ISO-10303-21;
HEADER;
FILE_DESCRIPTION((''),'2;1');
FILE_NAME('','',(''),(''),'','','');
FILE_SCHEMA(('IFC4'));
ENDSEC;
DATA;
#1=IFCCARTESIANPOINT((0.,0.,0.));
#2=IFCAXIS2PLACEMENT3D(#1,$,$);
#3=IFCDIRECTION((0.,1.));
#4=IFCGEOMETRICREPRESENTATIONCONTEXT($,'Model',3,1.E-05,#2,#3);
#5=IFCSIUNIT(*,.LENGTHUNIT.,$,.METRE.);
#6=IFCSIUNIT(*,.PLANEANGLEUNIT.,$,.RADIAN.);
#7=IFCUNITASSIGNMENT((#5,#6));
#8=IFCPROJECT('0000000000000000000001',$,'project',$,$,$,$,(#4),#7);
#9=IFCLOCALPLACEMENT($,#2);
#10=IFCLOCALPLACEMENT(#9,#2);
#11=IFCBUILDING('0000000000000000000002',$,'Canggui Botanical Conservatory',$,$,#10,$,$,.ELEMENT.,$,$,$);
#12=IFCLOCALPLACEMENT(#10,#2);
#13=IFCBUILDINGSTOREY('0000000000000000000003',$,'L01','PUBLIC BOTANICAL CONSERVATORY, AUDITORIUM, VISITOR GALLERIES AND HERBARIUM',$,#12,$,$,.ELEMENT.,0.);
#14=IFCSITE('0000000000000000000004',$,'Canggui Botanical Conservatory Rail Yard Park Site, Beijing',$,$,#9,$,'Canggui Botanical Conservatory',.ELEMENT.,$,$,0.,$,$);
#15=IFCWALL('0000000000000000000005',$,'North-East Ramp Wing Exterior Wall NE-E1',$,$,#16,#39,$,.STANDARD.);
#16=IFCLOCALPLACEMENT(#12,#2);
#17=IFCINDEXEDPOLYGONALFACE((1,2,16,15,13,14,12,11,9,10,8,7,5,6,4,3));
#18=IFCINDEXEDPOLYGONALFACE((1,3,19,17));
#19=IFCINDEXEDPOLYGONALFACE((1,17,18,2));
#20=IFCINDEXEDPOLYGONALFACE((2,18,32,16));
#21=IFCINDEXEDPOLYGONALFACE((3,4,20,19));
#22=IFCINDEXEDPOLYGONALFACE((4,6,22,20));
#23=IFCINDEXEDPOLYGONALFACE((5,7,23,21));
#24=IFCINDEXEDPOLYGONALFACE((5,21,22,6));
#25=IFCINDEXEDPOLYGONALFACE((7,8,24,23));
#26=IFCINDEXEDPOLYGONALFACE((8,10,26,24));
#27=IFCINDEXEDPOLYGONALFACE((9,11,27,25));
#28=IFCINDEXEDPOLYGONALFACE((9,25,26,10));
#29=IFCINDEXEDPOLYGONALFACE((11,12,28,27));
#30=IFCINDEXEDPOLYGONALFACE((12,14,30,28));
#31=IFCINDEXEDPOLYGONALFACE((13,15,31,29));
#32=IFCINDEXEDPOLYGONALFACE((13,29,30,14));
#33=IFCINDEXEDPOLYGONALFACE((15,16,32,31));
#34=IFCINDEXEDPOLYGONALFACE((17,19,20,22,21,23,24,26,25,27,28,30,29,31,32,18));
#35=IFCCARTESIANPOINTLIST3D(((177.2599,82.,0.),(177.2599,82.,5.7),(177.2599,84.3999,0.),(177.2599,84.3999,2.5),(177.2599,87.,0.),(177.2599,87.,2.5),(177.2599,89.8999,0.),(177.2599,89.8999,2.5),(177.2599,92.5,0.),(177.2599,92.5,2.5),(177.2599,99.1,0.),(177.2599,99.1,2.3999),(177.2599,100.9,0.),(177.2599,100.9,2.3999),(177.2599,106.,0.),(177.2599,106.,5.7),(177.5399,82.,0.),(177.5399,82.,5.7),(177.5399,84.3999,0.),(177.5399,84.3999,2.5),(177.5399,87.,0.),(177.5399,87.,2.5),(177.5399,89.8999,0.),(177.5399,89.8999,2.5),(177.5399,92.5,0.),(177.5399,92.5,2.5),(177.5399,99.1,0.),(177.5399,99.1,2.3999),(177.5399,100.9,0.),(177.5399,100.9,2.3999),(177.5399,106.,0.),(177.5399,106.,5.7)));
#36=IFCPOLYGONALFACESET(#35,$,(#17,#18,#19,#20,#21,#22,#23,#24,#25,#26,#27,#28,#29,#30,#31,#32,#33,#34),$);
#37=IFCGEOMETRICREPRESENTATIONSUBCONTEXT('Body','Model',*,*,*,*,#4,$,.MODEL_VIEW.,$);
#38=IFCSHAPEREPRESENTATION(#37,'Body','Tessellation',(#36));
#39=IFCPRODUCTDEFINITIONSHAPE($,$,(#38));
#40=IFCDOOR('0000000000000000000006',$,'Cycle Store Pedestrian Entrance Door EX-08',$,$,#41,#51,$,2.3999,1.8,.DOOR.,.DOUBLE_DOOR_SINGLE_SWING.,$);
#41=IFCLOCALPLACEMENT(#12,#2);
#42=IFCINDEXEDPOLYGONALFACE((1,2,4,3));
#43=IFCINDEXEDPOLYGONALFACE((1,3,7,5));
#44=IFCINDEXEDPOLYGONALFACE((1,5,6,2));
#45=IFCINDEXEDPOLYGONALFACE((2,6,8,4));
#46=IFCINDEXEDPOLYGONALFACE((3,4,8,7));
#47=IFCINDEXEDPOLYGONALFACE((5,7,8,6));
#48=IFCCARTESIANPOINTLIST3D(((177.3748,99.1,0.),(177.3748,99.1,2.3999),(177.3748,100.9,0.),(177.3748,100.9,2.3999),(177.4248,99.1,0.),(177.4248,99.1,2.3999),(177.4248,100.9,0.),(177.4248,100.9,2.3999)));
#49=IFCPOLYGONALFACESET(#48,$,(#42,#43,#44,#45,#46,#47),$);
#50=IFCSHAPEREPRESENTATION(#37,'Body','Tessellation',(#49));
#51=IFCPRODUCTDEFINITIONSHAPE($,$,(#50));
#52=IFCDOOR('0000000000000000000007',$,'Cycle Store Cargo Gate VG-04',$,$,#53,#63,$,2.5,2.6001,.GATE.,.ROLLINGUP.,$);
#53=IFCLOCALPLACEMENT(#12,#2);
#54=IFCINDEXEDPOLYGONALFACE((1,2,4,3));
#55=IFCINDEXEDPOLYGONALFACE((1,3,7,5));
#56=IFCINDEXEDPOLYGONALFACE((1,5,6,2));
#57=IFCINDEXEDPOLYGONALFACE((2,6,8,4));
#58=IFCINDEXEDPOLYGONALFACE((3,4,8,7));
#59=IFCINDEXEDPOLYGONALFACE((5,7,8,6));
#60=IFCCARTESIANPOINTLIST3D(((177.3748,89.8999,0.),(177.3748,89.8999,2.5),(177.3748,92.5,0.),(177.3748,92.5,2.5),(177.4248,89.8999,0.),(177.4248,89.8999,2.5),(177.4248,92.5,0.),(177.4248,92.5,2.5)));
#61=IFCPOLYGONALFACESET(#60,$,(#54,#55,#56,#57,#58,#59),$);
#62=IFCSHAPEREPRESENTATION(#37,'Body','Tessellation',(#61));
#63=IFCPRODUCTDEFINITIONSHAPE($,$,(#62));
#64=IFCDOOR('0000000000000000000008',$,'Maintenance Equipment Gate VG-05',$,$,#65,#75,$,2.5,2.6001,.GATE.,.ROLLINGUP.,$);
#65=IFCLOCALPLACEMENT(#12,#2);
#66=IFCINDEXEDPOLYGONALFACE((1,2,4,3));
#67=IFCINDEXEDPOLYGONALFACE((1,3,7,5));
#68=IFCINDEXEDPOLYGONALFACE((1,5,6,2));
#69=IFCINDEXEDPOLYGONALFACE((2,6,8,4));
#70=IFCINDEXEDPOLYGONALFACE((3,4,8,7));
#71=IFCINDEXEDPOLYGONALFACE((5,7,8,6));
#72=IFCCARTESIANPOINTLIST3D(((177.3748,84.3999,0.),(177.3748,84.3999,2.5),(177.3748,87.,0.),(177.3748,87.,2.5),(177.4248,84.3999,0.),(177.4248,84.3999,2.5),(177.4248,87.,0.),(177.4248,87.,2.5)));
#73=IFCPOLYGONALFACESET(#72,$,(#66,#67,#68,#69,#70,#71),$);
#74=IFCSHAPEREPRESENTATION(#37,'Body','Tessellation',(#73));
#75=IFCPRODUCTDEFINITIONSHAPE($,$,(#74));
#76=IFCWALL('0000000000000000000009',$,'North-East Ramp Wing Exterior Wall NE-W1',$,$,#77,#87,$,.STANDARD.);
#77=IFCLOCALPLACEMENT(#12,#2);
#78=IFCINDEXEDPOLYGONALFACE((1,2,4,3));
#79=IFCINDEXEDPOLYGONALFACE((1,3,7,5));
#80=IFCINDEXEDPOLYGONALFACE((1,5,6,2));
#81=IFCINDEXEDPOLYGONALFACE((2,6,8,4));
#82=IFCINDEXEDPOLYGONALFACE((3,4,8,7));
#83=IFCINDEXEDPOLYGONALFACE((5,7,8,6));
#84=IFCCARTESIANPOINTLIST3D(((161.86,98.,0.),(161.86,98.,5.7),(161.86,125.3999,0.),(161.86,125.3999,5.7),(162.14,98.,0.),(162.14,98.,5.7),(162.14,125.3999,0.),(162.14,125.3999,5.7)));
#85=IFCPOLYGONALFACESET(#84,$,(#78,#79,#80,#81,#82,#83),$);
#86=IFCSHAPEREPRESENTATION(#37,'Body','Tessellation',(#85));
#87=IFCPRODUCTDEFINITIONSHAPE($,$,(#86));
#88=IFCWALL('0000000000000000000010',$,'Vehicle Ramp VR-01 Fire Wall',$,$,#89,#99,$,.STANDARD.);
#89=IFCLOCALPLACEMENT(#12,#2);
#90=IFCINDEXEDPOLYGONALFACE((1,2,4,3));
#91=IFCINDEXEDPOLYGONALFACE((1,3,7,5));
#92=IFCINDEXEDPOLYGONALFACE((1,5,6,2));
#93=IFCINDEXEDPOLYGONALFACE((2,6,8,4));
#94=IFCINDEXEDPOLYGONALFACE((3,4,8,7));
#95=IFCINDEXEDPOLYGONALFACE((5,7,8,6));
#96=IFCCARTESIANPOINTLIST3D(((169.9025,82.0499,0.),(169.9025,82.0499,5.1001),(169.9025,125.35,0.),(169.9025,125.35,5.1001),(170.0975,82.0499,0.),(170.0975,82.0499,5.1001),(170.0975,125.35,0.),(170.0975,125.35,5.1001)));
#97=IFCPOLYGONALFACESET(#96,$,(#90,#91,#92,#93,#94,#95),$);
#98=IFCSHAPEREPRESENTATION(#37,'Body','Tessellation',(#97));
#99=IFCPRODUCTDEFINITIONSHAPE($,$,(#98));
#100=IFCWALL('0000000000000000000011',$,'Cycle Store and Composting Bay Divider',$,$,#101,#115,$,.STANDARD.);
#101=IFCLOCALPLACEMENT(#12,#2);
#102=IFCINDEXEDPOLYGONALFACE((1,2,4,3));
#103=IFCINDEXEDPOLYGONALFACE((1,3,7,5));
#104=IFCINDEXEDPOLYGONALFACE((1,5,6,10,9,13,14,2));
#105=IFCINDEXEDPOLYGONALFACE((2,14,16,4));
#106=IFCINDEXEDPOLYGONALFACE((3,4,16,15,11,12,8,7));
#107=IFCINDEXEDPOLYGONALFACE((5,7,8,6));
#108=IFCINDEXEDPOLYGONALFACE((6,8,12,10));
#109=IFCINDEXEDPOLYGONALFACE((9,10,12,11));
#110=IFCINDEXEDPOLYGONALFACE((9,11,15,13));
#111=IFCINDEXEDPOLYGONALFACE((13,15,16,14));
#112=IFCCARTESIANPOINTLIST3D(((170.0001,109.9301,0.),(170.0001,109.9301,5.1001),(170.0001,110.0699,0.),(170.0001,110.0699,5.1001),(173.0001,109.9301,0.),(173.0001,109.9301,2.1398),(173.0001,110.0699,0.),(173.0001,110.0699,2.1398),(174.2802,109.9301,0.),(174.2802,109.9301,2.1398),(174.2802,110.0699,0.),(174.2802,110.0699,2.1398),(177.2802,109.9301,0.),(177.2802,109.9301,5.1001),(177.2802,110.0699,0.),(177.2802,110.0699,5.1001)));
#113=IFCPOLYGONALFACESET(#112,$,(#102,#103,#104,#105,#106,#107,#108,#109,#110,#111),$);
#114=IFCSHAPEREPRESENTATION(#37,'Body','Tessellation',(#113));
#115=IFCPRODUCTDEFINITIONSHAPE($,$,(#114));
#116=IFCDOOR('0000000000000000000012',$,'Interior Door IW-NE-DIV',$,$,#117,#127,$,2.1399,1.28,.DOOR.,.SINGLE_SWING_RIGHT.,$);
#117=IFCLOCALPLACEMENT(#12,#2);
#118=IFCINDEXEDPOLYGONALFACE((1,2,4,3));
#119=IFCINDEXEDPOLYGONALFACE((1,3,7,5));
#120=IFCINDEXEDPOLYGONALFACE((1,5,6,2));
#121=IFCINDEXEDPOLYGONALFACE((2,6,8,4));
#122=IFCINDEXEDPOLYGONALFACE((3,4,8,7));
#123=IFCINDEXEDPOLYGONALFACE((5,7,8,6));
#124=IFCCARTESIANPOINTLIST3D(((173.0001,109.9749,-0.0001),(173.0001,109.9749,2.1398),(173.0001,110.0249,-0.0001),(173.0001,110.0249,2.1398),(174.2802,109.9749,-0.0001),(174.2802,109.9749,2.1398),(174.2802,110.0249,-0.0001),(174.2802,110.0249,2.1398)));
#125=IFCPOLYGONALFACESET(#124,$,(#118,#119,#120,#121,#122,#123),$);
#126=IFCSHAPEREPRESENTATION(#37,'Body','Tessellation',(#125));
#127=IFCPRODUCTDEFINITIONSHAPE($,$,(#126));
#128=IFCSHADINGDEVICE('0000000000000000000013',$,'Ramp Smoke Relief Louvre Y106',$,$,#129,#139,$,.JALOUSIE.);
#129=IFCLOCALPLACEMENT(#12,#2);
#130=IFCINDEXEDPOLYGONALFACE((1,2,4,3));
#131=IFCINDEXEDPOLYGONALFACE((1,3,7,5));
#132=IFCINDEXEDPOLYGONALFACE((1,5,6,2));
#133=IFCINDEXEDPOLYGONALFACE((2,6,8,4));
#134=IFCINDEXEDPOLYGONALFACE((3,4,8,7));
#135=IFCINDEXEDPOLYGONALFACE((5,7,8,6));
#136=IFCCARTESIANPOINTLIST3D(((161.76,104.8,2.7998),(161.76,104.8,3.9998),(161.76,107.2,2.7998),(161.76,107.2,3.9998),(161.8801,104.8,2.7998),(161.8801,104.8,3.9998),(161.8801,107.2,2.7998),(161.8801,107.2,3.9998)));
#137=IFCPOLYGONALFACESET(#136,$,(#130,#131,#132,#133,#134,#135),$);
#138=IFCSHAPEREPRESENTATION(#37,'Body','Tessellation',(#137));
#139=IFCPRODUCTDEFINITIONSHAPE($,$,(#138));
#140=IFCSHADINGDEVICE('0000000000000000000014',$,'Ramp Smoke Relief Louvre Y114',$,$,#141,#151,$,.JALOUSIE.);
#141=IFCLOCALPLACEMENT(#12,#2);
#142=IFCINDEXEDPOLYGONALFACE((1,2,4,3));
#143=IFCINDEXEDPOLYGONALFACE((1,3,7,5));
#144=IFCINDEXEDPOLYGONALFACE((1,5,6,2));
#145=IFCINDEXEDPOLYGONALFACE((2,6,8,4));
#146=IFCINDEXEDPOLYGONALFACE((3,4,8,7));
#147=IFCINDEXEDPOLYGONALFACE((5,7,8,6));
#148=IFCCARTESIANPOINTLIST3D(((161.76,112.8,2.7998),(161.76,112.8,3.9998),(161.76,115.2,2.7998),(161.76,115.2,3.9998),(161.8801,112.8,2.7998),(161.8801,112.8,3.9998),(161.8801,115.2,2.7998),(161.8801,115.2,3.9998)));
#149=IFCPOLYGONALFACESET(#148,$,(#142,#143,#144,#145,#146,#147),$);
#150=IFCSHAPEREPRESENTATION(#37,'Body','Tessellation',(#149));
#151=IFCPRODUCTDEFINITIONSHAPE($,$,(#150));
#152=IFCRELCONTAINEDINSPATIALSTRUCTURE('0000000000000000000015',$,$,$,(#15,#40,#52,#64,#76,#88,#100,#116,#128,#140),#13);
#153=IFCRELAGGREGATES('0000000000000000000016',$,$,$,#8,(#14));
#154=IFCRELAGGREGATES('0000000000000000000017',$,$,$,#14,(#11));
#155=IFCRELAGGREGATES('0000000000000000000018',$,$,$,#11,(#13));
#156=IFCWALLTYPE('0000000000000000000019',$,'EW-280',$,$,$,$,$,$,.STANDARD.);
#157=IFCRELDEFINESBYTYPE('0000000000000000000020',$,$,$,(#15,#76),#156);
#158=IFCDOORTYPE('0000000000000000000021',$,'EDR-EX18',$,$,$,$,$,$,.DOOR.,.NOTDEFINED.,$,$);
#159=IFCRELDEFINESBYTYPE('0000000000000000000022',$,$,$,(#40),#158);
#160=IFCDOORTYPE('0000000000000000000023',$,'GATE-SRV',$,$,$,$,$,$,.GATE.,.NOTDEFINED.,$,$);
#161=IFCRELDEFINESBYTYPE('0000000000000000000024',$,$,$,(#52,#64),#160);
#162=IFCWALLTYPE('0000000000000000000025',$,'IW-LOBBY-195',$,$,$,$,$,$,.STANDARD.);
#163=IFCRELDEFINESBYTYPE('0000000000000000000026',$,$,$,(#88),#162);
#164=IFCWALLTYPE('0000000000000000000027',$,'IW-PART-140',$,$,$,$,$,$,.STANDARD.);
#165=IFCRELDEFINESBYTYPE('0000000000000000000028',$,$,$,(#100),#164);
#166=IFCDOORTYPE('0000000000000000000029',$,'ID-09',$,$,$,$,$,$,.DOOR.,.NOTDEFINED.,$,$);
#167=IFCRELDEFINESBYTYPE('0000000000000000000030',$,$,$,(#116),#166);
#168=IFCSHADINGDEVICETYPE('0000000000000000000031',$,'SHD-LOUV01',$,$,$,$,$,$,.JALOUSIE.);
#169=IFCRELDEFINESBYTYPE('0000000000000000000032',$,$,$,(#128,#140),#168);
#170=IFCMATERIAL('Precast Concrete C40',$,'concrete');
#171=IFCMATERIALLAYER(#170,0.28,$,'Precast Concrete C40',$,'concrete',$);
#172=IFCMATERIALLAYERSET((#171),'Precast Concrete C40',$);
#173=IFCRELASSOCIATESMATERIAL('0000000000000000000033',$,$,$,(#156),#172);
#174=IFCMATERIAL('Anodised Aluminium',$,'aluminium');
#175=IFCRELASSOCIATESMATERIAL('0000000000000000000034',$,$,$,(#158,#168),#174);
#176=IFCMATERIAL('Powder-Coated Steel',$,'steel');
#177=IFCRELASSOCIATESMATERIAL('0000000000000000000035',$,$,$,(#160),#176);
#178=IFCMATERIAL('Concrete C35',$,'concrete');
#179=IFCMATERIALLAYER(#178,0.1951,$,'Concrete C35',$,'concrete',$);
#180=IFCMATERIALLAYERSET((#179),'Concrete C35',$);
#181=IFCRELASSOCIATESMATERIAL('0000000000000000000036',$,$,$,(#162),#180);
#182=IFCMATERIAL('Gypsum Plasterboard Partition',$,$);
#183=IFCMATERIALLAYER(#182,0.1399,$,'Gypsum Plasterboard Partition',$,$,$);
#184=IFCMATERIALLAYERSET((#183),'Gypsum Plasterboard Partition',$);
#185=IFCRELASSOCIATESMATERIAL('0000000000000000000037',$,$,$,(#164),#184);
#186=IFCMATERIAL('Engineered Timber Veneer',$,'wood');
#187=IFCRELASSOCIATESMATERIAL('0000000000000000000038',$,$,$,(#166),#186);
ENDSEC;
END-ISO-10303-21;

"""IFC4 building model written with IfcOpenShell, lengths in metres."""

from ifc_helpers import new_model, si_unit, direction, frame, frame_2d, origin, origin_2d, place, context, subcontext, project, spatial, rectangle, extrude, material, layer, layer_set, type_object, element, fill, save


model = new_model("IFC4")

# Units and contexts
model_context = context("Model", 3, precision=1e-05, world=origin(), true_north=direction((0.0, 1.0)))
body_context = subcontext(model_context, "Body", "Model", "MODEL_VIEW")
ifc_project = project(units=[si_unit("LENGTHUNIT", "METRE"), si_unit("PLANEANGLEUNIT", "RADIAN")], contexts=[model_context])

# Site, building, storey
site_placement = place(None, origin())
site = spatial("IfcSite", under=ifc_project, at=site_placement, Name="Canggui Botanical Conservatory Rail Yard Park Site, Beijing", LongName="Canggui Botanical Conservatory", CompositionType="ELEMENT", RefElevation=0.0)
building_placement = place(site_placement, origin())
building = spatial("IfcBuilding", under=site, at=building_placement, Name="Canggui Botanical Conservatory", CompositionType="ELEMENT")
storey_placement = place(building_placement, origin())
storey = spatial("IfcBuildingStorey", under=building, at=storey_placement, Name="L01", Description="PUBLIC BOTANICAL CONSERVATORY, AUDITORIUM, VISITOR GALLERIES AND HERBARIUM", CompositionType="ELEMENT", Elevation=0.0)

# Shared definitions
ifc_material_1 = material(Name="Concrete C35", Category="concrete")

# Wall, openings, doors
ifc_material_2 = material(Name="Precast Concrete C40", Category="concrete")
ifc_layer_1 = layer(ifc_material_2, 0.28, Name="Precast Concrete C40", Category="concrete")
ifc_layer_set_1 = layer_set([ifc_layer_1], Name="Precast Concrete C40")
wall_type_1 = type_object("IfcWallType", Name="EW-280", PredefinedType="STANDARD", material=ifc_layer_set_1)
wall_1_placement = place(storey_placement, frame((177.3999, 106.0, 0.0), z_axis=(0.0, 0.0, 1.0), x_axis=(0.0, -1.0, 0.0)))
wall_1 = element("IfcWall", 1, at=wall_1_placement, inside=storey, type_object=wall_type_1, Name="North-East Ramp Wing Exterior Wall NE-E1", PredefinedType="STANDARD", context=body_context, shape_type="SweptSolid", body=[
    extrude(rectangle(XDim=24.0, YDim=0.28, at=frame_2d((12.0, 0.0))), origin(), (0.0, 0.0, 1.0), 5.7),
])
opening_1_placement = place(wall_1_placement, frame((5.1001, 0.0, 0.0)))
opening_1 = element("IfcOpeningElement", 2, at=opening_1_placement, cuts=wall_1, PredefinedType="OPENING", context=body_context, shape_type="SweptSolid", body=[
    extrude(rectangle(XDim=1.8, YDim=2.3999, at=frame_2d((0.8999, 1.2))), frame((0.0, 0.1499, 0.0), z_axis=(0.0, -1.0, 0.0), x_axis=(1.0, 0.0, 0.0)), (0.0, 0.0, 1.0), 0.3),
])
opening_2_placement = place(wall_1_placement, frame((13.5, 0.0, 0.0)))
opening_2 = element("IfcOpeningElement", 3, at=opening_2_placement, cuts=wall_1, PredefinedType="OPENING", context=body_context, shape_type="SweptSolid", body=[
    extrude(rectangle(XDim=2.6001, YDim=2.5, at=frame_2d((1.3, 1.25))), frame((0.0, 0.1499, 0.0), z_axis=(0.0, -1.0, 0.0), x_axis=(1.0, 0.0, 0.0)), (0.0, 0.0, 1.0), 0.3),
])
opening_3_placement = place(wall_1_placement, frame((19.0, 0.0, 0.0)))
opening_3 = element("IfcOpeningElement", 4, at=opening_3_placement, cuts=wall_1, PredefinedType="OPENING", context=body_context, shape_type="SweptSolid", body=[
    extrude(rectangle(XDim=2.6001, YDim=2.5, at=frame_2d((1.3, 1.25))), frame((0.0, 0.1499, 0.0), z_axis=(0.0, -1.0, 0.0), x_axis=(1.0, 0.0, 0.0)), (0.0, 0.0, 1.0), 0.3),
])
ifc_material_3 = material(Name="Anodised Aluminium", Category="aluminium")
door_type_1 = type_object("IfcDoorType", Name="EDR-EX18", OperationType="NOTDEFINED", PredefinedType="DOOR", material=ifc_material_3)
door_1_placement = place(opening_1_placement, origin())
door_1 = element("IfcDoor", 5, at=door_1_placement, inside=storey, type_object=door_type_1, Name="Cycle Store Pedestrian Entrance Door EX-08", OperationType="DOUBLE_DOOR_SINGLE_SWING", OverallHeight=2.3999, OverallWidth=1.8, PredefinedType="DOOR", context=body_context, shape_type="SweptSolid", body=[
    extrude(rectangle(XDim=1.8, YDim=2.3999, at=frame_2d((0.8999, 1.2))), frame((0.0, 0.0249, 0.0), z_axis=(0.0, -1.0, 0.0), x_axis=(1.0, 0.0, 0.0)), (0.0, 0.0, 1.0), 0.05),
])
fill(opening_1, door_1)
ifc_material_4 = material(Name="Powder-Coated Steel", Category="steel")
door_type_2 = type_object("IfcDoorType", Name="GATE-SRV", OperationType="NOTDEFINED", PredefinedType="GATE", material=ifc_material_4)
door_2_placement = place(opening_2_placement, origin())
door_2 = element("IfcDoor", 6, at=door_2_placement, inside=storey, type_object=door_type_2, Name="Cycle Store Cargo Gate VG-04", OperationType="ROLLINGUP", OverallHeight=2.5, OverallWidth=2.6001, PredefinedType="GATE", context=body_context, shape_type="SweptSolid", body=[
    extrude(rectangle(XDim=2.6001, YDim=2.5, at=frame_2d((1.3, 1.25))), frame((0.0, 0.0249, 0.0), z_axis=(0.0, -1.0, 0.0), x_axis=(1.0, 0.0, 0.0)), (0.0, 0.0, 1.0), 0.05),
])
fill(opening_2, door_2)
door_3_placement = place(opening_3_placement, origin())
door_3 = element("IfcDoor", 7, at=door_3_placement, inside=storey, type_object=door_type_2, Name="Maintenance Equipment Gate VG-05", OperationType="ROLLINGUP", OverallHeight=2.5, OverallWidth=2.6001, PredefinedType="GATE", context=body_context, shape_type="SweptSolid", body=[
    extrude(rectangle(XDim=2.6001, YDim=2.5, at=frame_2d((1.3, 1.25))), frame((0.0, 0.0249, 0.0), z_axis=(0.0, -1.0, 0.0), x_axis=(1.0, 0.0, 0.0)), (0.0, 0.0, 1.0), 0.05),
])
fill(opening_3, door_3)

# Walls
wall_2_placement = place(storey_placement, frame((162.0, 98.0, 0.0), z_axis=(0.0, 0.0, 1.0), x_axis=(0.0, 1.0, 0.0)))
element("IfcWall", 8, at=wall_2_placement, inside=storey, type_object=wall_type_1, Name="North-East Ramp Wing Exterior Wall NE-W1", PredefinedType="STANDARD", context=body_context, shape_type="SweptSolid", body=[
    extrude(rectangle(XDim=27.3999, YDim=0.28, at=frame_2d((13.7, 0.0))), origin(), (0.0, 0.0, 1.0), 5.7),
])
ifc_layer_2 = layer(ifc_material_1, 0.1951, Name="Concrete C35", Category="concrete")
ifc_layer_set_2 = layer_set([ifc_layer_2], Name="Concrete C35")
wall_type_2 = type_object("IfcWallType", Name="IW-LOBBY-195", PredefinedType="STANDARD", material=ifc_layer_set_2)
wall_3_placement = place(storey_placement, frame((170.0, 82.05, 0.0), z_axis=(0.0, 0.0, 1.0), x_axis=(0.0, 1.0, 0.0)))
element("IfcWall", 9, at=wall_3_placement, inside=storey, type_object=wall_type_2, Name="Vehicle Ramp VR-01 Fire Wall", PredefinedType="STANDARD", context=body_context, shape_type="SweptSolid", body=[
    extrude(rectangle(XDim=43.3, YDim=0.1951, at=frame_2d((21.6499, 0.0))), origin(), (0.0, 0.0, 1.0), 5.1001),
])

# Wall, opening, door
ifc_material_5 = material(Name="Gypsum Plasterboard Partition")
ifc_layer_3 = layer(ifc_material_5, 0.1399, Name="Gypsum Plasterboard Partition")
ifc_layer_set_3 = layer_set([ifc_layer_3], Name="Gypsum Plasterboard Partition")
wall_type_3 = type_object("IfcWallType", Name="IW-PART-140", PredefinedType="STANDARD", material=ifc_layer_set_3)
wall_4_placement = place(storey_placement, frame((170.0, 110.0, 0.0), z_axis=(0.0, 0.0, 1.0), x_axis=(1.0, 0.0, 0.0)))
wall_4 = element("IfcWall", 10, at=wall_4_placement, inside=storey, type_object=wall_type_3, Name="Cycle Store and Composting Bay Divider", PredefinedType="STANDARD", context=body_context, shape_type="SweptSolid", body=[
    extrude(rectangle(XDim=7.28, YDim=0.1399, at=frame_2d((3.6401, 0.0))), origin(), (0.0, 0.0, 1.0), 5.1001),
])
opening_4_placement = place(wall_4_placement, frame((3.0, 0.0, 0.0)))
opening_4 = element("IfcOpeningElement", 11, at=opening_4_placement, cuts=wall_4, PredefinedType="OPENING", context=body_context, shape_type="SweptSolid", body=[
    extrude(rectangle(XDim=1.28, YDim=2.1399, at=frame_2d((0.6401, 1.0698))), frame((0.0, 0.0801, 0.0), z_axis=(0.0, -1.0, 0.0), x_axis=(1.0, 0.0, 0.0)), (0.0, 0.0, 1.0), 0.1599),
])
ifc_material_6 = material(Name="Engineered Timber Veneer", Category="wood")
door_type_3 = type_object("IfcDoorType", Name="ID-09", OperationType="NOTDEFINED", PredefinedType="DOOR", material=ifc_material_6)
door_4_placement = place(opening_4_placement, origin())
door_4 = element("IfcDoor", 12, at=door_4_placement, inside=storey, type_object=door_type_3, Name="Interior Door IW-NE-DIV", OperationType="SINGLE_SWING_RIGHT", OverallHeight=2.1399, OverallWidth=1.28, PredefinedType="DOOR", context=body_context, shape_type="SweptSolid", body=[
    extrude(rectangle(XDim=1.28, YDim=2.1399, at=frame_2d((0.6401, 1.0698))), frame((0.0, 0.0249, 0.0), z_axis=(0.0, -1.0, 0.0), x_axis=(1.0, 0.0, 0.0)), (0.0, 0.0, 1.0), 0.05),
])
fill(opening_4, door_4)

# Shading devices
shading_device_type = type_object("IfcShadingDeviceType", Name="SHD-LOUV01", PredefinedType="JALOUSIE", material=ifc_material_3)
for number, where, z_axis, x_axis, name in (
    (13, (161.8201, 106.0, 2.7998), (0.0, 0.0, 1.0), (0.0, 1.0, 0.0), "Ramp Smoke Relief Louvre Y106"),
    (14, (161.8201, 114.0, 2.7998), (0.0, 0.0, 1.0), (0.0, 1.0, 0.0), "Ramp Smoke Relief Louvre Y114"),
):
    element("IfcShadingDevice", number, at=place(storey_placement, frame(where, z_axis=z_axis, x_axis=x_axis)), inside=storey, type_object=shading_device_type, Name=name, PredefinedType="JALOUSIE", context=body_context, shape_type="SweptSolid", body=[
        extrude(rectangle(XDim=2.3999, YDim=0.1201, at=origin_2d()), origin(), (0.0, 0.0, 1.0), 1.2),
    ])

save(model, "model.ifc")
